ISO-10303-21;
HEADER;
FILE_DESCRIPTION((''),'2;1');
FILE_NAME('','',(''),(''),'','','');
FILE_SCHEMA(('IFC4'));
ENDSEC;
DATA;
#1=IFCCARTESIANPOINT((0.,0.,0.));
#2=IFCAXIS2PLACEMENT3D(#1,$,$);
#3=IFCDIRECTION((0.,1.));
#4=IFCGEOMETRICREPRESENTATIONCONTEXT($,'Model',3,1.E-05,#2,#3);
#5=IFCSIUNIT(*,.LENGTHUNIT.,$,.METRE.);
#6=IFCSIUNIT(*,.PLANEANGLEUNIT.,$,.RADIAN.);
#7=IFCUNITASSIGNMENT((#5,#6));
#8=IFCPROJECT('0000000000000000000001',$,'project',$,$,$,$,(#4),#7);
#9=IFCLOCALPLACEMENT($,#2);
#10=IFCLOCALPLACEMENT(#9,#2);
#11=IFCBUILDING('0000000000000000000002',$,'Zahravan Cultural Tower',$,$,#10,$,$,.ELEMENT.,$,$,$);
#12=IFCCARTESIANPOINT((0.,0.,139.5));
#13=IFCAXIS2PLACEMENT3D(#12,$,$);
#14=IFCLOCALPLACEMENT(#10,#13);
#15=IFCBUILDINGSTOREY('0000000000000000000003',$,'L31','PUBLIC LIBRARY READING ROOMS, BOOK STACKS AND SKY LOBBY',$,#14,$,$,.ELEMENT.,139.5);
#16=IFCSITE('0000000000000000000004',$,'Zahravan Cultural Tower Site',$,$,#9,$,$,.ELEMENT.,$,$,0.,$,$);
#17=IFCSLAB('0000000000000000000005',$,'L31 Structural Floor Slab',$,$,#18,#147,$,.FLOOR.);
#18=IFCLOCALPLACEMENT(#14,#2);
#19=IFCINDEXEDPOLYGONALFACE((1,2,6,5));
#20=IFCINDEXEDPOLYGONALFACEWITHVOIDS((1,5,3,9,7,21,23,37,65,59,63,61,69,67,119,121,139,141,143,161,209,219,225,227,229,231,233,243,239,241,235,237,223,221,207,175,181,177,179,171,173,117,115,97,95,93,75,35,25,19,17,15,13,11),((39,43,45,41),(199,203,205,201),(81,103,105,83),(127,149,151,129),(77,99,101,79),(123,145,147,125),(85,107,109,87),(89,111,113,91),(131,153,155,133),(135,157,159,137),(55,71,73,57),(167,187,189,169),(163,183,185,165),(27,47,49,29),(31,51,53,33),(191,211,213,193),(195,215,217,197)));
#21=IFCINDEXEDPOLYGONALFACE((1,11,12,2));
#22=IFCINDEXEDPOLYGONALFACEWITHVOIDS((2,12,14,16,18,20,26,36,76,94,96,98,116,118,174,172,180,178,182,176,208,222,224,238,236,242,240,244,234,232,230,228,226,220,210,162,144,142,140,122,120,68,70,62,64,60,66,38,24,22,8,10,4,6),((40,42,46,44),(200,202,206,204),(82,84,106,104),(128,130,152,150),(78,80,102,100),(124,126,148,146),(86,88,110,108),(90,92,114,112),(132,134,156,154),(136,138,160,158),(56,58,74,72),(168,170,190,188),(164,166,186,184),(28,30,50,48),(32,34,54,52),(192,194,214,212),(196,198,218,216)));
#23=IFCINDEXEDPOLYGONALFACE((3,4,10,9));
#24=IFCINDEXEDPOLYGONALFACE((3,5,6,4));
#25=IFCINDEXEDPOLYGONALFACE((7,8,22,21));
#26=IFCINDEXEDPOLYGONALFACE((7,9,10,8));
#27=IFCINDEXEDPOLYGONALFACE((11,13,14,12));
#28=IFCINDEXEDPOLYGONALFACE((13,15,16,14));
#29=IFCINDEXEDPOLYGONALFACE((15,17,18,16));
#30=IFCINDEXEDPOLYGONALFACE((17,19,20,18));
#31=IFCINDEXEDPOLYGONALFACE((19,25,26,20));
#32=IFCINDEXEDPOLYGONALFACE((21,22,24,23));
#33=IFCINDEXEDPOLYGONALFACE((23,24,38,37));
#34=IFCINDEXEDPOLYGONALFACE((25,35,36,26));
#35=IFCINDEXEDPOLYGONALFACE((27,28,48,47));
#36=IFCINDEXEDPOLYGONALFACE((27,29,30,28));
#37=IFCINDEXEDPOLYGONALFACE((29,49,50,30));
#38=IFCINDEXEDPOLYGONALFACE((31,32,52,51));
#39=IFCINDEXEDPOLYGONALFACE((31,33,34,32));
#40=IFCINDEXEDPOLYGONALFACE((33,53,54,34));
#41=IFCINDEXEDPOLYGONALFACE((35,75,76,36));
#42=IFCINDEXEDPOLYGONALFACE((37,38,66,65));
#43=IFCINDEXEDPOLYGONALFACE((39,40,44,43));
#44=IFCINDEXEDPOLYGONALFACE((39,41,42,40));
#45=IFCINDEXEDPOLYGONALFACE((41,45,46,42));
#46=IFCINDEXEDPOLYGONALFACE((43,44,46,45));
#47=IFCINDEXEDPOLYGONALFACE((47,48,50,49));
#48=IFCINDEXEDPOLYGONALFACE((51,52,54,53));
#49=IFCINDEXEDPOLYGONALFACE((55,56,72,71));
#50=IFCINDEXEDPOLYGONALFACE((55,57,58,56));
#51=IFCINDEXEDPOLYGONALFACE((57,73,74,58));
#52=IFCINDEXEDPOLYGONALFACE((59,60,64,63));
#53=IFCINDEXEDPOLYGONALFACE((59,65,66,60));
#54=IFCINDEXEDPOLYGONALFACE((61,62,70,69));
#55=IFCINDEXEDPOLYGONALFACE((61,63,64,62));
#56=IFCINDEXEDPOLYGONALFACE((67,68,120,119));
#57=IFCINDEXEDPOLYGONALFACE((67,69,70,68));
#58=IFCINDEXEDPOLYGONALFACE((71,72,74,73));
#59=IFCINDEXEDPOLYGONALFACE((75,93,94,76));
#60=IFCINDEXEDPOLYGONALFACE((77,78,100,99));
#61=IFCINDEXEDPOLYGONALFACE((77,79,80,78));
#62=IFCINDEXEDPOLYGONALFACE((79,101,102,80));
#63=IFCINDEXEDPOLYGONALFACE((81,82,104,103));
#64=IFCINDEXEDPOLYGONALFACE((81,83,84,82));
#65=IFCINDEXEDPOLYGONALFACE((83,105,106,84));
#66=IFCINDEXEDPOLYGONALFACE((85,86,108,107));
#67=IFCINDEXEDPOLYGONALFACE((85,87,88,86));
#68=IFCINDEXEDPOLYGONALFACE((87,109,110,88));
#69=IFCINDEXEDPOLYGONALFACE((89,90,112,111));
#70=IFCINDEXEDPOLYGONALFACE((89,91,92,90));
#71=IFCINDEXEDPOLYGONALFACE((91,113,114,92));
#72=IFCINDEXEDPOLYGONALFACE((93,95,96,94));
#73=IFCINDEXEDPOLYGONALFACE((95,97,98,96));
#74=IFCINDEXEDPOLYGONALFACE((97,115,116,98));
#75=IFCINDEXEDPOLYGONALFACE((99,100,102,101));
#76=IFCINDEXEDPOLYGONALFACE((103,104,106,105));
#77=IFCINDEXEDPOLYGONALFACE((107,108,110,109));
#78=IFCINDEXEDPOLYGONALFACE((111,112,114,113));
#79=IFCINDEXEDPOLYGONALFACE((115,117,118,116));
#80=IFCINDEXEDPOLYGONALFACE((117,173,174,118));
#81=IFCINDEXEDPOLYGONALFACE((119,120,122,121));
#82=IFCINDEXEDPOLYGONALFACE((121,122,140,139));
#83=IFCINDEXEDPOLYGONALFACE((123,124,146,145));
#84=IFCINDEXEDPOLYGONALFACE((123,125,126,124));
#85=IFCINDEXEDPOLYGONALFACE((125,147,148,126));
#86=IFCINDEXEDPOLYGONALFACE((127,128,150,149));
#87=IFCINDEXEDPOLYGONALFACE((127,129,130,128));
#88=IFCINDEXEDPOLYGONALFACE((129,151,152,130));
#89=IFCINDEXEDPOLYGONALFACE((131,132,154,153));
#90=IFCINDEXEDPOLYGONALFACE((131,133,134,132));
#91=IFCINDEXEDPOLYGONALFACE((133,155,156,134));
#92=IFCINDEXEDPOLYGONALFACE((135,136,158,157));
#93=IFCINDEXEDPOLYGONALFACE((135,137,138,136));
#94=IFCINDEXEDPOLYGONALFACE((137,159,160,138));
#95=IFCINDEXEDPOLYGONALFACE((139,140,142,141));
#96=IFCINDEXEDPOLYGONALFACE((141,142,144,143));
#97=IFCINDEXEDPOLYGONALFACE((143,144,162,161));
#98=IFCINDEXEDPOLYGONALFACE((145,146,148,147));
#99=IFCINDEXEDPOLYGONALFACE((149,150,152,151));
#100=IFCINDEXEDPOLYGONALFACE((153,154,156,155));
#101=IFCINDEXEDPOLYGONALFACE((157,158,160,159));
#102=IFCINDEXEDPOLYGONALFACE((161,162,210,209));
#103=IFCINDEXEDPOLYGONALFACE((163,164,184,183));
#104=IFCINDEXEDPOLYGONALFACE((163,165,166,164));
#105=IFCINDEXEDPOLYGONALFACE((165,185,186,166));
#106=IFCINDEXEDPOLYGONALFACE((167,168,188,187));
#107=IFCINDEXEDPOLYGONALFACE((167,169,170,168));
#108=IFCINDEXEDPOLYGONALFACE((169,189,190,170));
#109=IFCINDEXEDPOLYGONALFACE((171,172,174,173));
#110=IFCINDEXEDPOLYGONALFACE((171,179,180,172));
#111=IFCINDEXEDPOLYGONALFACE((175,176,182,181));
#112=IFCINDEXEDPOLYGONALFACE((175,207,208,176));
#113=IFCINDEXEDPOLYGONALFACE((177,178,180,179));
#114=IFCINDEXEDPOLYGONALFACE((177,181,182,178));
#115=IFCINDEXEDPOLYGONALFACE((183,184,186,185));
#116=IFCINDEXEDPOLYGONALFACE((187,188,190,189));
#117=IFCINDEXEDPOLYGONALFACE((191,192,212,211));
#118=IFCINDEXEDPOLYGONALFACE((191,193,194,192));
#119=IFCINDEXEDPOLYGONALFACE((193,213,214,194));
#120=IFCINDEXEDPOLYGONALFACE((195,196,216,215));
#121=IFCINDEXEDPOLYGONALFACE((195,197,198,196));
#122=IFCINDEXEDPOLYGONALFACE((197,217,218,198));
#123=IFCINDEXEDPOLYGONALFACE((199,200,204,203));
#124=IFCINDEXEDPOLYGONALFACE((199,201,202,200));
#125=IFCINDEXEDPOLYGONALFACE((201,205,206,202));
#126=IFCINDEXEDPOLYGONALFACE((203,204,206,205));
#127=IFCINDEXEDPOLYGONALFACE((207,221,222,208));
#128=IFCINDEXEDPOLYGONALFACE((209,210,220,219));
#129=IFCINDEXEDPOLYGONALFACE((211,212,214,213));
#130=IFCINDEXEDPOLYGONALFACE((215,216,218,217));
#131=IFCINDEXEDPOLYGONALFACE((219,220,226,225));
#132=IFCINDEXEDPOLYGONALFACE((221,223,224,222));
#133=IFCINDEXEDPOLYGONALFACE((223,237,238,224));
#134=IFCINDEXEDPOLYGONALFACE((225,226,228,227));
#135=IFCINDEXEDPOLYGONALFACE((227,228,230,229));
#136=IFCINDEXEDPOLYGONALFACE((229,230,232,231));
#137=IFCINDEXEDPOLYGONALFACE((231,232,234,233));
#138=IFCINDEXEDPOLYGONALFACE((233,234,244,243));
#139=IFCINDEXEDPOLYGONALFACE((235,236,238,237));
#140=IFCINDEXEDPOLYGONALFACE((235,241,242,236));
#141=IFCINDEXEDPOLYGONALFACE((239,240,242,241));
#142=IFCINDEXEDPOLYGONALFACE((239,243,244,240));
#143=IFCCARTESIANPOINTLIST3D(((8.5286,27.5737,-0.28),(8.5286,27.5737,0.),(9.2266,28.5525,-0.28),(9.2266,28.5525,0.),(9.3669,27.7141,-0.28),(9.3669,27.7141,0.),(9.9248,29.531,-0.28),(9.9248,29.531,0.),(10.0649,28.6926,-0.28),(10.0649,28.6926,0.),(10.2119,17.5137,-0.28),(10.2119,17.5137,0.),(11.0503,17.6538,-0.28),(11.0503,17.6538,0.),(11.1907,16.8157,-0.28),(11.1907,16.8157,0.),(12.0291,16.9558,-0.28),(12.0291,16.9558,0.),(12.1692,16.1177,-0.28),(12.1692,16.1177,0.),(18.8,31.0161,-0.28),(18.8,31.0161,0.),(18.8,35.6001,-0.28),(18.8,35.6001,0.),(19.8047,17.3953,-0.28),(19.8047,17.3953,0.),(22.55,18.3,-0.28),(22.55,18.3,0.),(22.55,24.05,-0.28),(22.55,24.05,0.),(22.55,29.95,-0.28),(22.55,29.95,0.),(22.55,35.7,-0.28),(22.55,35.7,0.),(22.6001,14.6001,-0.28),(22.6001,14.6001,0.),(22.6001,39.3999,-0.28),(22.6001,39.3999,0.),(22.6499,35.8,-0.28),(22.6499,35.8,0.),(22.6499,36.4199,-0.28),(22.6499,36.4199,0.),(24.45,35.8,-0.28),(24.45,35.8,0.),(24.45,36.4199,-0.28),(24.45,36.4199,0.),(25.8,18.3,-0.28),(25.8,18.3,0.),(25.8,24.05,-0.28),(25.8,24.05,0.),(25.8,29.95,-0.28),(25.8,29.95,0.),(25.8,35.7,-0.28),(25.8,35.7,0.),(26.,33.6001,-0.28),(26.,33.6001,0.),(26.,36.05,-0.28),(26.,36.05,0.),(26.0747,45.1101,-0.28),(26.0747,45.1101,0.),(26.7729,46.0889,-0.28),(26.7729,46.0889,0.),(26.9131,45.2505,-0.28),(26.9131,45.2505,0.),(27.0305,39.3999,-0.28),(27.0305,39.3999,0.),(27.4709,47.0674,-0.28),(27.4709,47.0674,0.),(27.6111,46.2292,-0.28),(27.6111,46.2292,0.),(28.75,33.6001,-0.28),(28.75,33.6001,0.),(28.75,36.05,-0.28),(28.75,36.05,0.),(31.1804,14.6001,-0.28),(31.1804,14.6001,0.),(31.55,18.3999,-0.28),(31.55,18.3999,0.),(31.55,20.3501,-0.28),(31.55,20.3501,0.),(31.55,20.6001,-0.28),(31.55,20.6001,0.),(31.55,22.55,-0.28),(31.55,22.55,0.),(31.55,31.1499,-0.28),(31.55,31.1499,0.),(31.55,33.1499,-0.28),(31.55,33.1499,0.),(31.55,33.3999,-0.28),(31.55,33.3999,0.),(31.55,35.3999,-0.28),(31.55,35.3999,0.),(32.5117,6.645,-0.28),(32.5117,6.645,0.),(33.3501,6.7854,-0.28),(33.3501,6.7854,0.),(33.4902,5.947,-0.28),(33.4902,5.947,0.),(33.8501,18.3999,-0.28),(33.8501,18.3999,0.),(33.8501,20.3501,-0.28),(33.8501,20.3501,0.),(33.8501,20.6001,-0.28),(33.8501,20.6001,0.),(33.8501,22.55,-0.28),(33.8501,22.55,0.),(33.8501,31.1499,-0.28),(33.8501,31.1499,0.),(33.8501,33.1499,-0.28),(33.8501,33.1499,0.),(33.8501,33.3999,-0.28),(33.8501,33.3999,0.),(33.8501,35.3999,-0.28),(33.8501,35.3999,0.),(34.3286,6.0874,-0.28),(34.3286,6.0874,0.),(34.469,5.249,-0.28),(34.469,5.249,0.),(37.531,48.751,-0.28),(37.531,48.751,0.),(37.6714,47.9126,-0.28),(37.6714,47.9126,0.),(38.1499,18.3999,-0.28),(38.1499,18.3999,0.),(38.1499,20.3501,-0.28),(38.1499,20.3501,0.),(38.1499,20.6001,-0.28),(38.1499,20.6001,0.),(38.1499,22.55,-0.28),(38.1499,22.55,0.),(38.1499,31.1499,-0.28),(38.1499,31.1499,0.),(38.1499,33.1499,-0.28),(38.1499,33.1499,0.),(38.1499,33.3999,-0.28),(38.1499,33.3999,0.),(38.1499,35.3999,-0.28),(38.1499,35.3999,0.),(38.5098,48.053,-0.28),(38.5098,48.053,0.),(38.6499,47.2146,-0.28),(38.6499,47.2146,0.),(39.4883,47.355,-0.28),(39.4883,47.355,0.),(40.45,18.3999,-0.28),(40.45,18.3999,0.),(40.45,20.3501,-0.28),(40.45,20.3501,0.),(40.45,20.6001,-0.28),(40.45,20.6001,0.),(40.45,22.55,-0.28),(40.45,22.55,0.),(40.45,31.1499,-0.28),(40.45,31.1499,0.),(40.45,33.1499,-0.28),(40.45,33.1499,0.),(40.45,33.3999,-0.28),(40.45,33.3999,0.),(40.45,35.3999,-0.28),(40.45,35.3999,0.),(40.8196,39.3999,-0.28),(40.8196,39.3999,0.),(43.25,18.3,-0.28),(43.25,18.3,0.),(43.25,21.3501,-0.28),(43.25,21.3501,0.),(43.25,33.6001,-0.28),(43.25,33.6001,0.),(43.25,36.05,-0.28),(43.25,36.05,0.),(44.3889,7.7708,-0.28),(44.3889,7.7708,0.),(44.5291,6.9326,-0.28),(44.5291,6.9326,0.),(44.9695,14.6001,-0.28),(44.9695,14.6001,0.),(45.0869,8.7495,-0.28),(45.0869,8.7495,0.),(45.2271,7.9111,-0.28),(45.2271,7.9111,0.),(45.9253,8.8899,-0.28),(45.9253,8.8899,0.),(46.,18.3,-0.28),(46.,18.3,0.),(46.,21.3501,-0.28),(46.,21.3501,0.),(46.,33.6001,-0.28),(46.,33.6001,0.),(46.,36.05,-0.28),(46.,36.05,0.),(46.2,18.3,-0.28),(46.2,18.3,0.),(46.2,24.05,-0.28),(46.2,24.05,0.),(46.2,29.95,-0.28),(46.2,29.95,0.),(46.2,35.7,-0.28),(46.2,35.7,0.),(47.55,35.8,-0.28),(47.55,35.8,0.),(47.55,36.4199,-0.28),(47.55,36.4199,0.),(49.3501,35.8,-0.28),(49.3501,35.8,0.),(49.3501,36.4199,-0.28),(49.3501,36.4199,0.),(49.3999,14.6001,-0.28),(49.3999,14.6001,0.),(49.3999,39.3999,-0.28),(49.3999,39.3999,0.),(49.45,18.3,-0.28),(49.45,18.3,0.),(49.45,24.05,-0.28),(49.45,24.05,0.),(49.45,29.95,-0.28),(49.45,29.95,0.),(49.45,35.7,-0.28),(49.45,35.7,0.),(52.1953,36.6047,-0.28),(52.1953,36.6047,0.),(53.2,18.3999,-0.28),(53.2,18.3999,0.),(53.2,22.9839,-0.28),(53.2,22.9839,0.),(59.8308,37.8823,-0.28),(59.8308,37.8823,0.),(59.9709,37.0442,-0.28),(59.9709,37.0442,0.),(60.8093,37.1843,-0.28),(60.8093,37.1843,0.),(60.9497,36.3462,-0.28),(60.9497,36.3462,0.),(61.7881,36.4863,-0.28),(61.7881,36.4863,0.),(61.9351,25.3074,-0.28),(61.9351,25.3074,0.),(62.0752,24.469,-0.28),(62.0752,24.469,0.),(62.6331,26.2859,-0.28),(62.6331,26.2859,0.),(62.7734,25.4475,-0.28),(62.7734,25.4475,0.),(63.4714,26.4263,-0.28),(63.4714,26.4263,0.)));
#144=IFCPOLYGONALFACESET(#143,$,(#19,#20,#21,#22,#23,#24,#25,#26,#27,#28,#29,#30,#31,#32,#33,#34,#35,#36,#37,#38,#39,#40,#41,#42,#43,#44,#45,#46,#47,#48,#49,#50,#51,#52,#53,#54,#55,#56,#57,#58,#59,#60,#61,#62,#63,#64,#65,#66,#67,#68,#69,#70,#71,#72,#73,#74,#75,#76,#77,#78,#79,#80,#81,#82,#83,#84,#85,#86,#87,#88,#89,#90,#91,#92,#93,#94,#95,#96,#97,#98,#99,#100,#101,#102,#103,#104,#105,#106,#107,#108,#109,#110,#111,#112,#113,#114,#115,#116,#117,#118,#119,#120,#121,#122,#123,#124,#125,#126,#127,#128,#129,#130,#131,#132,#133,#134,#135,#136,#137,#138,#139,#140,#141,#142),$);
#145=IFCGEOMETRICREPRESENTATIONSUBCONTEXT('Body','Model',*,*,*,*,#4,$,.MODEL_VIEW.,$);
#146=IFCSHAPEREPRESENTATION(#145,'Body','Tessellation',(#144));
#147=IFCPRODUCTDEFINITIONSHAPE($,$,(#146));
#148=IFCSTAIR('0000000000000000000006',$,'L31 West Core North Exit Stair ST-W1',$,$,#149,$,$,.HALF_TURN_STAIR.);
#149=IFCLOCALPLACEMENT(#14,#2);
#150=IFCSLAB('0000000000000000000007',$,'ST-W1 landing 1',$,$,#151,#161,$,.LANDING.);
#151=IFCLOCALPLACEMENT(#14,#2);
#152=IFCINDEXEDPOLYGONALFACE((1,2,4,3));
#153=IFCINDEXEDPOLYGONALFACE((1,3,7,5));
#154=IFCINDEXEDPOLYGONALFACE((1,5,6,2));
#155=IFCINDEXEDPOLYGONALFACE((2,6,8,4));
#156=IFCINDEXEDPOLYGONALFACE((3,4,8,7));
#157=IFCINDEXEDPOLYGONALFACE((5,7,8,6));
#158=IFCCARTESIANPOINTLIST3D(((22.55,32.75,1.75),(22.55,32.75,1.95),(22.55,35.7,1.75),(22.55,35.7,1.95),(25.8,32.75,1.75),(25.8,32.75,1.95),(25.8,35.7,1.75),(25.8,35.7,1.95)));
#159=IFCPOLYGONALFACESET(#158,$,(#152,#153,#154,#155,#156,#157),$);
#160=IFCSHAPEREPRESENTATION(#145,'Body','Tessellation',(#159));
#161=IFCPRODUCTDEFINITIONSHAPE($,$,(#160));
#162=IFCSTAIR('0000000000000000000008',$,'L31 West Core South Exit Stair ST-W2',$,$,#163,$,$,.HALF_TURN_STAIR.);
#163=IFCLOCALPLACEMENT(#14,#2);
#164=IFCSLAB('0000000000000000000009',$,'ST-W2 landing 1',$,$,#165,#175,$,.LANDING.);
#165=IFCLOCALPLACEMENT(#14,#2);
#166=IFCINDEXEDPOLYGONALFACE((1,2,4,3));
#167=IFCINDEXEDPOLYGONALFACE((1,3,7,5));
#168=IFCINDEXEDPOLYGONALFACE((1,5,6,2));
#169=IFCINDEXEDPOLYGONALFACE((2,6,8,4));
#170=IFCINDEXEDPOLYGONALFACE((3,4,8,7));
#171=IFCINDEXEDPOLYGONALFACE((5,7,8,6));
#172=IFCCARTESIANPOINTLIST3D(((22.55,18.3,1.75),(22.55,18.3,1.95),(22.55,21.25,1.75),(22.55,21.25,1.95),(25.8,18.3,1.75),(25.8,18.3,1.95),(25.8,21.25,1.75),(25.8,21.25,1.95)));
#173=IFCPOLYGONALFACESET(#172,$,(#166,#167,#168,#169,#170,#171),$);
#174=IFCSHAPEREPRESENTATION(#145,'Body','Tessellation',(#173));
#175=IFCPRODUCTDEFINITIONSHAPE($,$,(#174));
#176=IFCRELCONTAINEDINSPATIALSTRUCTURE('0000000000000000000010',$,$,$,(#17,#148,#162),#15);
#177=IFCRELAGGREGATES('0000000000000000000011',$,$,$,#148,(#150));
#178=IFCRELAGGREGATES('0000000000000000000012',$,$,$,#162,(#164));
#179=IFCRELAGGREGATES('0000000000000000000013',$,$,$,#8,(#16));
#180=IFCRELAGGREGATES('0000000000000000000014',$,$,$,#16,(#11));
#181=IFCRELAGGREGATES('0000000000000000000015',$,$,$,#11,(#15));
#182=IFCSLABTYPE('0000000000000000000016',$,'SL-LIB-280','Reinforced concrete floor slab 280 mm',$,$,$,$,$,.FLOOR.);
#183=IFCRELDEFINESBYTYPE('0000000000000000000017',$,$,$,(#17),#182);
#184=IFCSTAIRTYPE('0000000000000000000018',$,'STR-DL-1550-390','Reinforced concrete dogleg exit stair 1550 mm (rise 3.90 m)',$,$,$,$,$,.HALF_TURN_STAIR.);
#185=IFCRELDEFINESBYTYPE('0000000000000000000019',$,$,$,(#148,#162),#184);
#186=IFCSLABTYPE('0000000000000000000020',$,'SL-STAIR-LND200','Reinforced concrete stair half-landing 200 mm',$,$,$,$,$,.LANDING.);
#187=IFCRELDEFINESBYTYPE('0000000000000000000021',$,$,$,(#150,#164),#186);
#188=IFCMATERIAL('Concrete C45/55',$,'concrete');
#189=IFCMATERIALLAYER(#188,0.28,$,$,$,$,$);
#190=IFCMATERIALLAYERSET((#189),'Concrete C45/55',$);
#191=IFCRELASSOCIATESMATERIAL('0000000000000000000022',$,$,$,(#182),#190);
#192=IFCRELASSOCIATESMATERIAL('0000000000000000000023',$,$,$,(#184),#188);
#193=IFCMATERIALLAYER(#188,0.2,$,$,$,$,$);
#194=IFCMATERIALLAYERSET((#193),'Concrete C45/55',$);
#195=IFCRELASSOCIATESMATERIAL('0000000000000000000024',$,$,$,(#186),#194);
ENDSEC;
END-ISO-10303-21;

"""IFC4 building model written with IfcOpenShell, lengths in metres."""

from ifc_helpers import new_model, si_unit, direction, frame, origin, place, context, subcontext, project, spatial, polyline, outline, extrude, material, layer, layer_set, type_object, element, aggregate, save


model = new_model("IFC4")

# Units and contexts
model_context = context("Model", 3, precision=1e-05, world=origin(), true_north=direction((0.0, 1.0)))
body_context = subcontext(model_context, "Body", "Model", "MODEL_VIEW")
ifc_project = project(units=[si_unit("LENGTHUNIT", "METRE"), si_unit("PLANEANGLEUNIT", "RADIAN")], contexts=[model_context])

# Site, building, storey
site_placement = place(None, origin())
site = spatial("IfcSite", under=ifc_project, at=site_placement, Name="Zahravan Cultural Tower Site", CompositionType="ELEMENT", RefElevation=0.0)
building_placement = place(site_placement, origin())
building = spatial("IfcBuilding", under=site, at=building_placement, Name="Zahravan Cultural Tower", CompositionType="ELEMENT")
storey_placement = place(building_placement, frame((0.0, 0.0, 139.5)))
storey = spatial("IfcBuildingStorey", under=building, at=storey_placement, Name="L31", Description="PUBLIC LIBRARY READING ROOMS, BOOK STACKS AND SKY LOBBY", CompositionType="ELEMENT", Elevation=139.5)

# Slab
ifc_material_1 = material(Name="Concrete C45/55", Category="concrete")
ifc_layer_1 = layer(ifc_material_1, 0.28)
ifc_layer_set_1 = layer_set([ifc_layer_1], Name="Concrete C45/55")
slab_type_1 = type_object("IfcSlabType", Name="SL-LIB-280", Description="Reinforced concrete floor slab 280 mm", PredefinedType="FLOOR", material=ifc_layer_set_1)
slab_1_placement = place(storey_placement, frame((0.0, 0.0, -0.28)))
element("IfcSlab", 1, at=slab_1_placement, inside=storey, type_object=slab_type_1, Name="L31 Structural Floor Slab", PredefinedType="FLOOR", context=body_context, shape_type="SweptSolid", body=[
    extrude(outline(polyline([(52.1953, 36.6047), (49.3999, 39.3999), (40.8196, 39.3999), (39.4883, 47.355), (38.6499, 47.2146), (38.5098, 48.053), (37.6714, 47.9126), (37.531, 48.751), (27.4709, 47.0674), (27.6111, 46.2292), (26.7729, 46.0889), (26.9131, 45.2505), (26.0747, 45.1101), (27.0305, 39.3999), (22.6001, 39.3999), (18.8, 35.6001), (18.8, 31.0161), (9.9248, 29.531), (10.0649, 28.6926), (9.2266, 28.5525), (9.3669, 27.7141), (8.5286, 27.5737), (10.2119, 17.5137), (11.0503, 17.6538), (11.1907, 16.8157), (12.0291, 16.9558), (12.1692, 16.1177), (19.8047, 17.3953), (22.6001, 14.6001), (31.1804, 14.6001), (32.5117, 6.645), (33.3501, 6.7854), (33.4902, 5.947), (34.3286, 6.0874), (34.469, 5.249), (44.5291, 6.9326), (44.3889, 7.7708), (45.2271, 7.9111), (45.0869, 8.7495), (45.9253, 8.8899), (44.9695, 14.6001), (49.3999, 14.6001), (53.2, 18.3999), (53.2, 22.9839), (62.0752, 24.469), (61.9351, 25.3074), (62.7734, 25.4475), (62.6331, 26.2859), (63.4714, 26.4263), (61.7881, 36.4863), (60.9497, 36.3462), (60.8093, 37.1843), (59.9709, 37.0442), (59.8308, 37.8823), (52.1953, 36.6047)]), holes=[polyline([(22.55, 29.95), (22.55, 35.7), (25.8, 35.7), (25.8, 29.95), (22.55, 29.95)]), polyline([(22.55, 18.3), (22.55, 24.05), (25.8, 24.05), (25.8, 18.3), (22.55, 18.3)]), polyline([(46.2, 29.95), (46.2, 35.7), (49.45, 35.7), (49.45, 29.95), (46.2, 29.95)]), polyline([(46.2, 18.3), (46.2, 24.05), (49.45, 24.05), (49.45, 18.3), (46.2, 18.3)]), polyline([(26.0, 33.6001), (26.0, 36.05), (28.75, 36.05), (28.75, 33.6001), (26.0, 33.6001)]), polyline([(43.25, 33.6001), (43.25, 36.05), (46.0, 36.05), (46.0, 33.6001), (43.25, 33.6001)]), polyline([(43.25, 18.3), (43.25, 21.3501), (46.0, 21.3501), (46.0, 18.3), (43.25, 18.3)]), polyline([(31.55, 33.3999), (31.55, 35.3999), (33.8501, 35.3999), (33.8501, 33.3999), (31.55, 33.3999)]), polyline([(31.55, 31.1499), (31.55, 33.1499), (33.8501, 33.1499), (33.8501, 31.1499), (31.55, 31.1499)]), polyline([(38.1499, 33.3999), (38.1499, 35.3999), (40.45, 35.3999), (40.45, 33.3999), (38.1499, 33.3999)]), polyline([(38.1499, 31.1499), (38.1499, 33.1499), (40.45, 33.1499), (40.45, 31.1499), (38.1499, 31.1499)]), polyline([(31.55, 20.6001), (31.55, 22.55), (33.8501, 22.55), (33.8501, 20.6001), (31.55, 20.6001)]), polyline([(31.55, 18.3999), (31.55, 20.3501), (33.8501, 20.3501), (33.8501, 18.3999), (31.55, 18.3999)]), polyline([(38.1499, 20.6001), (38.1499, 22.55), (40.45, 22.55), (40.45, 20.6001), (38.1499, 20.6001)]), polyline([(38.1499, 18.3999), (38.1499, 20.3501), (40.45, 20.3501), (40.45, 18.3999), (38.1499, 18.3999)]), polyline([(22.6499, 35.8), (22.6499, 36.4199), (24.45, 36.4199), (24.45, 35.8), (22.6499, 35.8)]), polyline([(47.55, 35.8), (47.55, 36.4199), (49.3501, 36.4199), (49.3501, 35.8), (47.55, 35.8)])]), origin(), (0.0, 0.0, 1.0), 0.28),
])

# Stairs, slabs
stair_type = type_object("IfcStairType", Name="STR-DL-1550-390", Description="Reinforced concrete dogleg exit stair 1550 mm (rise 3.90 m)", PredefinedType="HALF_TURN_STAIR", material=ifc_material_1)
stair_1_placement = place(storey_placement, origin())
stair_1 = element("IfcStair", 2, at=stair_1_placement, inside=storey, type_object=stair_type, Name="L31 West Core North Exit Stair ST-W1", PredefinedType="HALF_TURN_STAIR")
ifc_layer_2 = layer(ifc_material_1, 0.2)
ifc_layer_set_2 = layer_set([ifc_layer_2], Name="Concrete C45/55")
slab_type_2 = type_object("IfcSlabType", Name="SL-STAIR-LND200", Description="Reinforced concrete stair half-landing 200 mm", PredefinedType="LANDING", material=ifc_layer_set_2)
slab_2_placement = place(storey_placement, frame((0.0, 0.0, 1.75)))
slab_2 = element("IfcSlab", 3, at=slab_2_placement, type_object=slab_type_2, Name="ST-W1 landing 1", PredefinedType="LANDING", context=body_context, shape_type="SweptSolid", body=[
    extrude(outline(polyline([(25.8, 32.75), (25.8, 35.7), (22.55, 35.7), (22.55, 32.75), (25.8, 32.75)])), origin(), (0.0, 0.0, 1.0), 0.2),
])
aggregate(stair_1, [slab_2])
stair_2_placement = place(storey_placement, origin())
stair_2 = element("IfcStair", 4, at=stair_2_placement, inside=storey, type_object=stair_type, Name="L31 West Core South Exit Stair ST-W2", PredefinedType="HALF_TURN_STAIR")
slab_3_placement = place(storey_placement, frame((0.0, 0.0, 1.75)))
slab_3 = element("IfcSlab", 5, at=slab_3_placement, type_object=slab_type_2, Name="ST-W2 landing 1", PredefinedType="LANDING", context=body_context, shape_type="SweptSolid", body=[
    extrude(outline(polyline([(22.55, 21.25), (22.55, 18.3), (25.8, 18.3), (25.8, 21.25), (22.55, 21.25)])), origin(), (0.0, 0.0, 1.0), 0.2),
])
aggregate(stair_2, [slab_3])

save(model, "model.ifc")
